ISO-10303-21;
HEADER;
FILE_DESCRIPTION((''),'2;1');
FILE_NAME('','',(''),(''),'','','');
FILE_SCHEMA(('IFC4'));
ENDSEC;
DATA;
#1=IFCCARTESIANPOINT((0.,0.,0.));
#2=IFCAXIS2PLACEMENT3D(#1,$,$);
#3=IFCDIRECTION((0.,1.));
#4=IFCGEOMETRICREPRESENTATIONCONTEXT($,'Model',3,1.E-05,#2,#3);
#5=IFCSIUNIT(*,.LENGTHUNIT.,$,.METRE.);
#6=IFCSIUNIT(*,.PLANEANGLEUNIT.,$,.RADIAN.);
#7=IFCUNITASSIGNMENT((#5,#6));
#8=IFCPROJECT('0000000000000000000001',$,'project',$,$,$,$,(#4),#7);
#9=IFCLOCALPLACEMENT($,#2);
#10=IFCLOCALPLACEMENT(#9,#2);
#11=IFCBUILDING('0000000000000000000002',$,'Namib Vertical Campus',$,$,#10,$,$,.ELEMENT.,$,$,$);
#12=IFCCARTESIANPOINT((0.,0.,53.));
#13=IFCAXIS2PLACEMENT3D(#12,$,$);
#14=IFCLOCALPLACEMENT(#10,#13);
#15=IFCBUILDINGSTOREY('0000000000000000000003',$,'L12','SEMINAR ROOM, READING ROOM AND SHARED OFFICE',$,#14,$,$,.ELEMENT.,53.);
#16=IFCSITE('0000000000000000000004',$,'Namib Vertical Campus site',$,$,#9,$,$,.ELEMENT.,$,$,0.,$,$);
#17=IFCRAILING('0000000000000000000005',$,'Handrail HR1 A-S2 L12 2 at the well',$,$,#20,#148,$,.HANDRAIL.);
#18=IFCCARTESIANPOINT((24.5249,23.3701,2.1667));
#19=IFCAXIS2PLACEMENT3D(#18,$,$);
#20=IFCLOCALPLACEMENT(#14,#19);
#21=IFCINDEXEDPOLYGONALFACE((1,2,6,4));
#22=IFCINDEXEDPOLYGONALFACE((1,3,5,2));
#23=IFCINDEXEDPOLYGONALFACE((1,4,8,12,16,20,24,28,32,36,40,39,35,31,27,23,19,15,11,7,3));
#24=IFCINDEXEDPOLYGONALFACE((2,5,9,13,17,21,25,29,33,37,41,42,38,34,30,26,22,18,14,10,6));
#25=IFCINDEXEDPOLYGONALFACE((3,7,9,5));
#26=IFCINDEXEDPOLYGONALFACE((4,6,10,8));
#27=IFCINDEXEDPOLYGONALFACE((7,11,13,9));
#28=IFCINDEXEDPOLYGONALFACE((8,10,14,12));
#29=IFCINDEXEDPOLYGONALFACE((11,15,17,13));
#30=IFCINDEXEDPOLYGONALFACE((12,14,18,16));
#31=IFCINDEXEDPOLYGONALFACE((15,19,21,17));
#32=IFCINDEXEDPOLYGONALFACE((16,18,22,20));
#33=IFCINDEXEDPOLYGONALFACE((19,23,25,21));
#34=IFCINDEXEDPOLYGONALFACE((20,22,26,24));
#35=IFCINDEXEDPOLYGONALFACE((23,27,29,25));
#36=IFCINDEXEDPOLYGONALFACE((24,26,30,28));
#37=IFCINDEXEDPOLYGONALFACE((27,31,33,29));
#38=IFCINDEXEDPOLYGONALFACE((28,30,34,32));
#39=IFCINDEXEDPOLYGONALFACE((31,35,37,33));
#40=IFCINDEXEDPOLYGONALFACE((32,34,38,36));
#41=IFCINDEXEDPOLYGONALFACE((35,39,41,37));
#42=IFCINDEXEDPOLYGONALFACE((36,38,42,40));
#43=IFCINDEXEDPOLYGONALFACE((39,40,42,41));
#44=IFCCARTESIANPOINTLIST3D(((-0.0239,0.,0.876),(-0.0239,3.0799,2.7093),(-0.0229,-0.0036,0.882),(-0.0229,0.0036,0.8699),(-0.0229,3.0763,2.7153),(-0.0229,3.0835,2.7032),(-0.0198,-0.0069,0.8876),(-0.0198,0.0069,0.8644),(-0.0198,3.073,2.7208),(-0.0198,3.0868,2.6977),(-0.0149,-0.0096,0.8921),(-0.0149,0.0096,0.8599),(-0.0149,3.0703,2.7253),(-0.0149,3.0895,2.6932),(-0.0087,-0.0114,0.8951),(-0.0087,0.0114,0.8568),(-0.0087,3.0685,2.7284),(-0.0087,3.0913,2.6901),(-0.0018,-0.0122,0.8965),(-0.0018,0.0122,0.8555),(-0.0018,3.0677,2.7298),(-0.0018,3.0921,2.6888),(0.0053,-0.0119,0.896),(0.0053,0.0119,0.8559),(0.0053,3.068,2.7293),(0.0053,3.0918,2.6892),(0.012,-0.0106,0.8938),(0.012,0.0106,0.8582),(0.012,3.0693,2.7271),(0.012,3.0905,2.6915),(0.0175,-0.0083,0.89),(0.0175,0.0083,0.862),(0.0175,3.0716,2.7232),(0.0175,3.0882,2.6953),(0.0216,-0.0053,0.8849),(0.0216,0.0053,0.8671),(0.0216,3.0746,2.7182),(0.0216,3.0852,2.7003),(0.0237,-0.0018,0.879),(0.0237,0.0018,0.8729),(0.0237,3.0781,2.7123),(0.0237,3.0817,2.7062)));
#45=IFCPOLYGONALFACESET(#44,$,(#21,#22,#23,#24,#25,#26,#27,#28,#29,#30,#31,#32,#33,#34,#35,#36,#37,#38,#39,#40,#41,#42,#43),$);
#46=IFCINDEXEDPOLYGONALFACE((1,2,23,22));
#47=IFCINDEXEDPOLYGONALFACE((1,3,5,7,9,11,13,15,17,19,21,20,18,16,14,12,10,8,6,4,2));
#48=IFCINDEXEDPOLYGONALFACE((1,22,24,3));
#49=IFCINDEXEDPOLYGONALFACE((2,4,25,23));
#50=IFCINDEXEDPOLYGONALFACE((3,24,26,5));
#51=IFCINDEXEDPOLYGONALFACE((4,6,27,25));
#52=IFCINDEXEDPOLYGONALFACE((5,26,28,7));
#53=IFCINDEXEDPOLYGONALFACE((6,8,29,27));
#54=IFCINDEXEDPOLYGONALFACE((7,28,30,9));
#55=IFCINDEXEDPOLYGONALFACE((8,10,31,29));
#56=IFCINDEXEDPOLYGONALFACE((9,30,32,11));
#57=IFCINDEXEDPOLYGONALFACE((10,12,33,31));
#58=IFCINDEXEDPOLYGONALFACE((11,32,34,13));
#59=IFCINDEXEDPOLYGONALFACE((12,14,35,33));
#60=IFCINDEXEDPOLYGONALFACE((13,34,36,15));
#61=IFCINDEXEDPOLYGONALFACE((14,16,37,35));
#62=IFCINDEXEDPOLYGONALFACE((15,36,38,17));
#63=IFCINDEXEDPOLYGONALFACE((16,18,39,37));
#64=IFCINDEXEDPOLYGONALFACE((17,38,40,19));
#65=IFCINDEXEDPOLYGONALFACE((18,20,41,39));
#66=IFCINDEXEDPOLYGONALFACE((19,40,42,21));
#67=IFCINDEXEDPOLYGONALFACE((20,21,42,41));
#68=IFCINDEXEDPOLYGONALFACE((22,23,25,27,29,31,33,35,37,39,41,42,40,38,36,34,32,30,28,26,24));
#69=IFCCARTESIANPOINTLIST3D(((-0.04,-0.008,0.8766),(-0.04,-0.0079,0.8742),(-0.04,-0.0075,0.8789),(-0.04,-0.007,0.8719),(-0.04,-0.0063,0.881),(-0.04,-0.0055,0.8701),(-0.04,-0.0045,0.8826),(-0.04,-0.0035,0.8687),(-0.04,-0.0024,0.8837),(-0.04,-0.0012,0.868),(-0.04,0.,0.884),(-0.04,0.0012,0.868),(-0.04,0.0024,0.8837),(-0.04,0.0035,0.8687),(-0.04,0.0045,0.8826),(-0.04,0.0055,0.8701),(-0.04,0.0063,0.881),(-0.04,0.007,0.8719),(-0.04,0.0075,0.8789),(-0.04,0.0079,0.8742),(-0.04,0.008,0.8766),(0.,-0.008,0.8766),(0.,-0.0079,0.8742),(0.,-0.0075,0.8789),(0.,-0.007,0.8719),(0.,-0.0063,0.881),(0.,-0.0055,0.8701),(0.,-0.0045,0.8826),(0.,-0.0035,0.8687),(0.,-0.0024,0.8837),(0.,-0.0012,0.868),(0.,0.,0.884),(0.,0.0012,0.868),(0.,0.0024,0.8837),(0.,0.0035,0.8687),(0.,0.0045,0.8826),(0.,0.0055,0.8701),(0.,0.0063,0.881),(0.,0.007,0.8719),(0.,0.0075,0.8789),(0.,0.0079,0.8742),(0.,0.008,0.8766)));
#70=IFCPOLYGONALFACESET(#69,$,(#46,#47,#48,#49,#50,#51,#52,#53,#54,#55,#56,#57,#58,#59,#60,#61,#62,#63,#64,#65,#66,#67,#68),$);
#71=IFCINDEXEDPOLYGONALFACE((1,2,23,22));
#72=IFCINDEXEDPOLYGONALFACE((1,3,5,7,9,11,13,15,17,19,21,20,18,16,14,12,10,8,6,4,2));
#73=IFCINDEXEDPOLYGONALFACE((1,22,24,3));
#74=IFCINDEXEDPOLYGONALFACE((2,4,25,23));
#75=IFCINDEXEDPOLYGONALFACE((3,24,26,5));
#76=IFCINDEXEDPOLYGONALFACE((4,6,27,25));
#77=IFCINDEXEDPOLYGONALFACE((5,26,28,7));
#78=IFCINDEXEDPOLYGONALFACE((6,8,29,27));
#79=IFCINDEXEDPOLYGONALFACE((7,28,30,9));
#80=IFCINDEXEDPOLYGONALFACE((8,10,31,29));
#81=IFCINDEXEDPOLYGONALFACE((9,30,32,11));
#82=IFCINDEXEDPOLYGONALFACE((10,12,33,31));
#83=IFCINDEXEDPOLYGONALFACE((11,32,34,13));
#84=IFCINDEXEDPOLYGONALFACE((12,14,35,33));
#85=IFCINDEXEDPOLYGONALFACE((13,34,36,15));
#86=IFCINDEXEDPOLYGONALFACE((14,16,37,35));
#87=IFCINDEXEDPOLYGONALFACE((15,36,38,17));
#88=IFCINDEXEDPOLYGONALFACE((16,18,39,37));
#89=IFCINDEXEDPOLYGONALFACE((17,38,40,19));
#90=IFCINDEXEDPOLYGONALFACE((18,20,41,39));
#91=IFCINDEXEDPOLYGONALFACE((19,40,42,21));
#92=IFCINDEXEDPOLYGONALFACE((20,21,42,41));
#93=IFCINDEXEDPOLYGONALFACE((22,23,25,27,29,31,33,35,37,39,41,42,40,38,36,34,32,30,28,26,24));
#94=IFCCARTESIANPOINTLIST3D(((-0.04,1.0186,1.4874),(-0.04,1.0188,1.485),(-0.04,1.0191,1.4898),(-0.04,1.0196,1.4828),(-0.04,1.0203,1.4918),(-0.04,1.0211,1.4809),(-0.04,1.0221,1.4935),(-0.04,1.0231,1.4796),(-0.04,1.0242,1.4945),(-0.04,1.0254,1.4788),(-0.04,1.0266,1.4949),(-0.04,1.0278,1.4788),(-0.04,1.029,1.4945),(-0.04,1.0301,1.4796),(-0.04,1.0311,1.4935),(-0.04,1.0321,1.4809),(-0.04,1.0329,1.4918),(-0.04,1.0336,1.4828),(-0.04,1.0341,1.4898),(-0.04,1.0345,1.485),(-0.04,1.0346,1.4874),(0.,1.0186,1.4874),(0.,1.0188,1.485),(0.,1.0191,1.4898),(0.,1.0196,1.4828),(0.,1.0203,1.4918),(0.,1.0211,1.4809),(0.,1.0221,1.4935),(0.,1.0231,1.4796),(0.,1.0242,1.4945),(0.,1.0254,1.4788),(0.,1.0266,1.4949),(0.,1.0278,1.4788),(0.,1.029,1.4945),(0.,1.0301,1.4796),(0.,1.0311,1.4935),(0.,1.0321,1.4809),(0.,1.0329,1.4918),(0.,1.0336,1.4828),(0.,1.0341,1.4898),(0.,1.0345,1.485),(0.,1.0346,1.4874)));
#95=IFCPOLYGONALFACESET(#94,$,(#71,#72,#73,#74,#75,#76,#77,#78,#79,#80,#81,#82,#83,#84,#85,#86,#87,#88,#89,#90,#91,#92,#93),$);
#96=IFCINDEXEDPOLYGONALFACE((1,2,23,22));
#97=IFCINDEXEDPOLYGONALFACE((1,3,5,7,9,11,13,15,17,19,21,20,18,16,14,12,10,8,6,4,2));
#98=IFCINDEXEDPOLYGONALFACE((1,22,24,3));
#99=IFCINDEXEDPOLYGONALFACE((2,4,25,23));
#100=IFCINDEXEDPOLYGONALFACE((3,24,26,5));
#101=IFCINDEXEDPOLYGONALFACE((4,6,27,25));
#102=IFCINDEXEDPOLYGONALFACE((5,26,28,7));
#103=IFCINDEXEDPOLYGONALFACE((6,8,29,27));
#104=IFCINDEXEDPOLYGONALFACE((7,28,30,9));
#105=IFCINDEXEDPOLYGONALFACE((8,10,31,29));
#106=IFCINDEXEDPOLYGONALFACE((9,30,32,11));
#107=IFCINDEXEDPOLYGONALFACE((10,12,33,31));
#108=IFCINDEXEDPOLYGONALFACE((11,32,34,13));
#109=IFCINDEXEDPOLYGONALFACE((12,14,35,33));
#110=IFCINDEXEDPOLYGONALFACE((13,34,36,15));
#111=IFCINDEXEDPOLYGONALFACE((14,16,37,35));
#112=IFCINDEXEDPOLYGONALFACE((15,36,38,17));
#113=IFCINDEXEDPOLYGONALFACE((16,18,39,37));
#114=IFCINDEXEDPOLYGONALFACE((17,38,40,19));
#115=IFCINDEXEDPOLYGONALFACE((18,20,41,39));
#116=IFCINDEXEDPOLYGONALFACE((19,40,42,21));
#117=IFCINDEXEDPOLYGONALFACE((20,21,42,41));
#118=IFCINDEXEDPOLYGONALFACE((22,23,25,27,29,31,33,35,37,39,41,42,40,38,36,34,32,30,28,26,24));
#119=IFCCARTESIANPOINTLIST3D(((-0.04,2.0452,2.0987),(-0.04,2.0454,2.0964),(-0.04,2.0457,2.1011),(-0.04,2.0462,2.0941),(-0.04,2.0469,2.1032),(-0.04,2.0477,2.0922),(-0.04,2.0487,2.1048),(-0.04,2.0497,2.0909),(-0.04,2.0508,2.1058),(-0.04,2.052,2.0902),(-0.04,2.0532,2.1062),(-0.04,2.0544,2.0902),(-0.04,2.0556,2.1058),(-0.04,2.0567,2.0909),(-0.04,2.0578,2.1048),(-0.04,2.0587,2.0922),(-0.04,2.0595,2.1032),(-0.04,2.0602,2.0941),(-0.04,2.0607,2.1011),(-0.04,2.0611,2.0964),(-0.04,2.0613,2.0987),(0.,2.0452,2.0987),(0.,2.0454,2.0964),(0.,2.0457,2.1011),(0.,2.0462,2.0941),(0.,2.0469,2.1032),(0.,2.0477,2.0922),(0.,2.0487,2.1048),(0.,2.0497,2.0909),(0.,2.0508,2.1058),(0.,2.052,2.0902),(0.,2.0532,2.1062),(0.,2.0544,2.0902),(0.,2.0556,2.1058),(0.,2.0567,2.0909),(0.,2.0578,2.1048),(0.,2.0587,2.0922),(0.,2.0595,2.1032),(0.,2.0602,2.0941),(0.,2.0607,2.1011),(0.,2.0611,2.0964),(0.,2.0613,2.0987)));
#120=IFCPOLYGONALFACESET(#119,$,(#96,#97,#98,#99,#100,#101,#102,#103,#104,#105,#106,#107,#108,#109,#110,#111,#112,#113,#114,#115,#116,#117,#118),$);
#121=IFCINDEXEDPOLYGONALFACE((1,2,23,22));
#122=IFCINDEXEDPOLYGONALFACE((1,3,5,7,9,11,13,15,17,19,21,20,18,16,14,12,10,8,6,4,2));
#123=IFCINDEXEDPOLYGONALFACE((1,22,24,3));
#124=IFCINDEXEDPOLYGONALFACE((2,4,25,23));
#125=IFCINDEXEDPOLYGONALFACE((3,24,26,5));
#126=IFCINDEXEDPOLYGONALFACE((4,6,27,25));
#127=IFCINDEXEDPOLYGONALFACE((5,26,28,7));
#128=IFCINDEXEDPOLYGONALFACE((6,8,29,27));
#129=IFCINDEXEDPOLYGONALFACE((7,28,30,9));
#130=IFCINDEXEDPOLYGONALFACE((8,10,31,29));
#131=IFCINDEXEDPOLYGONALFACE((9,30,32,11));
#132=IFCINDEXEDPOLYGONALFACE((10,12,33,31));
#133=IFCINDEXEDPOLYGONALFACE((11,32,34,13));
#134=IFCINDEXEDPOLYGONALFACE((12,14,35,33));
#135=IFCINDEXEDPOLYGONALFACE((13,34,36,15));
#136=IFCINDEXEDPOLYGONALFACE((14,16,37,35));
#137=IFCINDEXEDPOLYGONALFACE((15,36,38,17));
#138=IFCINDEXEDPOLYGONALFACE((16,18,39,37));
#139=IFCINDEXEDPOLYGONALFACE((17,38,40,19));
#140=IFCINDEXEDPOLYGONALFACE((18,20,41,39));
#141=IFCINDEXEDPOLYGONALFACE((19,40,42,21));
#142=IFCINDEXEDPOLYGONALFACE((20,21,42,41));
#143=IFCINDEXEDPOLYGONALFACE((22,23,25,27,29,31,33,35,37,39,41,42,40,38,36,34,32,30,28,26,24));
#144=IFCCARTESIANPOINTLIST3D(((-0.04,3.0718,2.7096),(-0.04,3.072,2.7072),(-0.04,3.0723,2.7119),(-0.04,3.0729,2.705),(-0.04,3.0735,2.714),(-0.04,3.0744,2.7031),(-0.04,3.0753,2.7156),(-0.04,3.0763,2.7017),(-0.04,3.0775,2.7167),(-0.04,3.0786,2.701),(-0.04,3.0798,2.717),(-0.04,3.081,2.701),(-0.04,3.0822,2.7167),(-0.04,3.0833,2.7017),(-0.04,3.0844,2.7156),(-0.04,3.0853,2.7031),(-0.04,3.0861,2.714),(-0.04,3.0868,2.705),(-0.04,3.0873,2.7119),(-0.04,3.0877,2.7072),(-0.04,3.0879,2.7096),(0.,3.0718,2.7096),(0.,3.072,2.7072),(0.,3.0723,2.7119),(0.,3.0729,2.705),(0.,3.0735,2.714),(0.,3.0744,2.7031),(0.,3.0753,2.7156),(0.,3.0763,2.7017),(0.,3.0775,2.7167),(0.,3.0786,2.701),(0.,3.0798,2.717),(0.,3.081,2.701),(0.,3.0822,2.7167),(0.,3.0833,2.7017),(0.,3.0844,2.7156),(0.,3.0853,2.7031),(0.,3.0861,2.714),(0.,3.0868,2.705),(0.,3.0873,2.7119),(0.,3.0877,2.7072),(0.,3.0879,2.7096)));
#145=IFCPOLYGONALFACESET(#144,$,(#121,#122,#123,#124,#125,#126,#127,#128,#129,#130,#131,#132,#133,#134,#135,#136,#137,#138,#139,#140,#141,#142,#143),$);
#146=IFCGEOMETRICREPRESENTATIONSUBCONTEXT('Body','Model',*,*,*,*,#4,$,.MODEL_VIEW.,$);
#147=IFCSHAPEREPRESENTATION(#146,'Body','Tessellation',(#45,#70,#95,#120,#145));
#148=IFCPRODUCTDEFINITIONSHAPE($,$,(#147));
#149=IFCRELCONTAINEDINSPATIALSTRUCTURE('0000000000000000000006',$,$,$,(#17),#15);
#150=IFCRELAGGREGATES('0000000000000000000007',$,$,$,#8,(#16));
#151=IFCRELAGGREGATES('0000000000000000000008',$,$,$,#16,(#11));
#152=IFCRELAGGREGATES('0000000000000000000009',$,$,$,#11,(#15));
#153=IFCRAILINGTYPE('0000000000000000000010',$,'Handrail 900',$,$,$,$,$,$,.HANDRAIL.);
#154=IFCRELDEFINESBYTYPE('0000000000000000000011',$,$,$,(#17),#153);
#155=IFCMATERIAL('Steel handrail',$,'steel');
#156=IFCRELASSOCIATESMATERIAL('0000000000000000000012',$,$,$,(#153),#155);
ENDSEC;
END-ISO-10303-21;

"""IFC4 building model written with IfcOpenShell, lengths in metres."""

from ifc_helpers import new_model, si_unit, direction, frame, origin, origin_2d, place, context, subcontext, project, spatial, circle, extrude, material, type_object, element, save


model = new_model("IFC4")

# Units and contexts
model_context = context("Model", 3, precision=1e-05, world=origin(), true_north=direction((0.0, 1.0)))
body_context = subcontext(model_context, "Body", "Model", "MODEL_VIEW")
ifc_project = project(units=[si_unit("LENGTHUNIT", "METRE"), si_unit("PLANEANGLEUNIT", "RADIAN")], contexts=[model_context])

# Site, building, storey
site_placement = place(None, origin())
site = spatial("IfcSite", under=ifc_project, at=site_placement, Name="Namib Vertical Campus site", CompositionType="ELEMENT", RefElevation=0.0)
building_placement = place(site_placement, origin())
building = spatial("IfcBuilding", under=site, at=building_placement, Name="Namib Vertical Campus", CompositionType="ELEMENT")
storey_placement = place(building_placement, frame((0.0, 0.0, 53.0)))
storey = spatial("IfcBuildingStorey", under=building, at=storey_placement, Name="L12", Description="SEMINAR ROOM, READING ROOM AND SHARED OFFICE", CompositionType="ELEMENT", Elevation=53.0)

# Railing
ifc_material_1 = material(Name="Steel handrail", Category="steel")
railing_type_1 = type_object("IfcRailingType", Name="Handrail 900", PredefinedType="HANDRAIL", material=ifc_material_1)
railing_1_placement = place(storey_placement, frame((24.5249, 23.3701, 2.1667)))
element("IfcRailing", 1, at=railing_1_placement, inside=storey, type_object=railing_type_1, Name="Handrail HR1 A-S2 L12 2 at the well", PredefinedType="HANDRAIL", context=body_context, shape_type="SweptSolid", body=[
    extrude(circle(Radius=0.0239, at=origin_2d()), frame((0.0, 0.0, 0.876), z_axis=(0.0, 0.859291, 0.511487), x_axis=(-1.0, 0.0, 0.0)), (0.0, 0.0, 1.0), 3.5842),
    extrude(circle(Radius=0.0081, at=origin_2d()), frame((0.0, 0.0, 0.876), z_axis=(-1.0, 0.0, 0.0), x_axis=(0.0, 0.0, 1.0)), (0.0, 0.0, 1.0), 0.04),
    extrude(circle(Radius=0.0081, at=origin_2d()), frame((0.0, 1.0266, 1.4868), z_axis=(-1.0, 0.0, 0.0), x_axis=(0.0, 0.0, 1.0)), (0.0, 0.0, 1.0), 0.04),
    extrude(circle(Radius=0.0081, at=origin_2d()), frame((0.0, 2.0532, 2.0981), z_axis=(-1.0, 0.0, 0.0), x_axis=(0.0, 0.0, 1.0)), (0.0, 0.0, 1.0), 0.04),
    extrude(circle(Radius=0.0081, at=origin_2d()), frame((0.0, 3.0798, 2.709), z_axis=(-1.0, 0.0, 0.0), x_axis=(0.0, 0.0, 1.0)), (0.0, 0.0, 1.0), 0.04),
])

save(model, "model.ifc")
